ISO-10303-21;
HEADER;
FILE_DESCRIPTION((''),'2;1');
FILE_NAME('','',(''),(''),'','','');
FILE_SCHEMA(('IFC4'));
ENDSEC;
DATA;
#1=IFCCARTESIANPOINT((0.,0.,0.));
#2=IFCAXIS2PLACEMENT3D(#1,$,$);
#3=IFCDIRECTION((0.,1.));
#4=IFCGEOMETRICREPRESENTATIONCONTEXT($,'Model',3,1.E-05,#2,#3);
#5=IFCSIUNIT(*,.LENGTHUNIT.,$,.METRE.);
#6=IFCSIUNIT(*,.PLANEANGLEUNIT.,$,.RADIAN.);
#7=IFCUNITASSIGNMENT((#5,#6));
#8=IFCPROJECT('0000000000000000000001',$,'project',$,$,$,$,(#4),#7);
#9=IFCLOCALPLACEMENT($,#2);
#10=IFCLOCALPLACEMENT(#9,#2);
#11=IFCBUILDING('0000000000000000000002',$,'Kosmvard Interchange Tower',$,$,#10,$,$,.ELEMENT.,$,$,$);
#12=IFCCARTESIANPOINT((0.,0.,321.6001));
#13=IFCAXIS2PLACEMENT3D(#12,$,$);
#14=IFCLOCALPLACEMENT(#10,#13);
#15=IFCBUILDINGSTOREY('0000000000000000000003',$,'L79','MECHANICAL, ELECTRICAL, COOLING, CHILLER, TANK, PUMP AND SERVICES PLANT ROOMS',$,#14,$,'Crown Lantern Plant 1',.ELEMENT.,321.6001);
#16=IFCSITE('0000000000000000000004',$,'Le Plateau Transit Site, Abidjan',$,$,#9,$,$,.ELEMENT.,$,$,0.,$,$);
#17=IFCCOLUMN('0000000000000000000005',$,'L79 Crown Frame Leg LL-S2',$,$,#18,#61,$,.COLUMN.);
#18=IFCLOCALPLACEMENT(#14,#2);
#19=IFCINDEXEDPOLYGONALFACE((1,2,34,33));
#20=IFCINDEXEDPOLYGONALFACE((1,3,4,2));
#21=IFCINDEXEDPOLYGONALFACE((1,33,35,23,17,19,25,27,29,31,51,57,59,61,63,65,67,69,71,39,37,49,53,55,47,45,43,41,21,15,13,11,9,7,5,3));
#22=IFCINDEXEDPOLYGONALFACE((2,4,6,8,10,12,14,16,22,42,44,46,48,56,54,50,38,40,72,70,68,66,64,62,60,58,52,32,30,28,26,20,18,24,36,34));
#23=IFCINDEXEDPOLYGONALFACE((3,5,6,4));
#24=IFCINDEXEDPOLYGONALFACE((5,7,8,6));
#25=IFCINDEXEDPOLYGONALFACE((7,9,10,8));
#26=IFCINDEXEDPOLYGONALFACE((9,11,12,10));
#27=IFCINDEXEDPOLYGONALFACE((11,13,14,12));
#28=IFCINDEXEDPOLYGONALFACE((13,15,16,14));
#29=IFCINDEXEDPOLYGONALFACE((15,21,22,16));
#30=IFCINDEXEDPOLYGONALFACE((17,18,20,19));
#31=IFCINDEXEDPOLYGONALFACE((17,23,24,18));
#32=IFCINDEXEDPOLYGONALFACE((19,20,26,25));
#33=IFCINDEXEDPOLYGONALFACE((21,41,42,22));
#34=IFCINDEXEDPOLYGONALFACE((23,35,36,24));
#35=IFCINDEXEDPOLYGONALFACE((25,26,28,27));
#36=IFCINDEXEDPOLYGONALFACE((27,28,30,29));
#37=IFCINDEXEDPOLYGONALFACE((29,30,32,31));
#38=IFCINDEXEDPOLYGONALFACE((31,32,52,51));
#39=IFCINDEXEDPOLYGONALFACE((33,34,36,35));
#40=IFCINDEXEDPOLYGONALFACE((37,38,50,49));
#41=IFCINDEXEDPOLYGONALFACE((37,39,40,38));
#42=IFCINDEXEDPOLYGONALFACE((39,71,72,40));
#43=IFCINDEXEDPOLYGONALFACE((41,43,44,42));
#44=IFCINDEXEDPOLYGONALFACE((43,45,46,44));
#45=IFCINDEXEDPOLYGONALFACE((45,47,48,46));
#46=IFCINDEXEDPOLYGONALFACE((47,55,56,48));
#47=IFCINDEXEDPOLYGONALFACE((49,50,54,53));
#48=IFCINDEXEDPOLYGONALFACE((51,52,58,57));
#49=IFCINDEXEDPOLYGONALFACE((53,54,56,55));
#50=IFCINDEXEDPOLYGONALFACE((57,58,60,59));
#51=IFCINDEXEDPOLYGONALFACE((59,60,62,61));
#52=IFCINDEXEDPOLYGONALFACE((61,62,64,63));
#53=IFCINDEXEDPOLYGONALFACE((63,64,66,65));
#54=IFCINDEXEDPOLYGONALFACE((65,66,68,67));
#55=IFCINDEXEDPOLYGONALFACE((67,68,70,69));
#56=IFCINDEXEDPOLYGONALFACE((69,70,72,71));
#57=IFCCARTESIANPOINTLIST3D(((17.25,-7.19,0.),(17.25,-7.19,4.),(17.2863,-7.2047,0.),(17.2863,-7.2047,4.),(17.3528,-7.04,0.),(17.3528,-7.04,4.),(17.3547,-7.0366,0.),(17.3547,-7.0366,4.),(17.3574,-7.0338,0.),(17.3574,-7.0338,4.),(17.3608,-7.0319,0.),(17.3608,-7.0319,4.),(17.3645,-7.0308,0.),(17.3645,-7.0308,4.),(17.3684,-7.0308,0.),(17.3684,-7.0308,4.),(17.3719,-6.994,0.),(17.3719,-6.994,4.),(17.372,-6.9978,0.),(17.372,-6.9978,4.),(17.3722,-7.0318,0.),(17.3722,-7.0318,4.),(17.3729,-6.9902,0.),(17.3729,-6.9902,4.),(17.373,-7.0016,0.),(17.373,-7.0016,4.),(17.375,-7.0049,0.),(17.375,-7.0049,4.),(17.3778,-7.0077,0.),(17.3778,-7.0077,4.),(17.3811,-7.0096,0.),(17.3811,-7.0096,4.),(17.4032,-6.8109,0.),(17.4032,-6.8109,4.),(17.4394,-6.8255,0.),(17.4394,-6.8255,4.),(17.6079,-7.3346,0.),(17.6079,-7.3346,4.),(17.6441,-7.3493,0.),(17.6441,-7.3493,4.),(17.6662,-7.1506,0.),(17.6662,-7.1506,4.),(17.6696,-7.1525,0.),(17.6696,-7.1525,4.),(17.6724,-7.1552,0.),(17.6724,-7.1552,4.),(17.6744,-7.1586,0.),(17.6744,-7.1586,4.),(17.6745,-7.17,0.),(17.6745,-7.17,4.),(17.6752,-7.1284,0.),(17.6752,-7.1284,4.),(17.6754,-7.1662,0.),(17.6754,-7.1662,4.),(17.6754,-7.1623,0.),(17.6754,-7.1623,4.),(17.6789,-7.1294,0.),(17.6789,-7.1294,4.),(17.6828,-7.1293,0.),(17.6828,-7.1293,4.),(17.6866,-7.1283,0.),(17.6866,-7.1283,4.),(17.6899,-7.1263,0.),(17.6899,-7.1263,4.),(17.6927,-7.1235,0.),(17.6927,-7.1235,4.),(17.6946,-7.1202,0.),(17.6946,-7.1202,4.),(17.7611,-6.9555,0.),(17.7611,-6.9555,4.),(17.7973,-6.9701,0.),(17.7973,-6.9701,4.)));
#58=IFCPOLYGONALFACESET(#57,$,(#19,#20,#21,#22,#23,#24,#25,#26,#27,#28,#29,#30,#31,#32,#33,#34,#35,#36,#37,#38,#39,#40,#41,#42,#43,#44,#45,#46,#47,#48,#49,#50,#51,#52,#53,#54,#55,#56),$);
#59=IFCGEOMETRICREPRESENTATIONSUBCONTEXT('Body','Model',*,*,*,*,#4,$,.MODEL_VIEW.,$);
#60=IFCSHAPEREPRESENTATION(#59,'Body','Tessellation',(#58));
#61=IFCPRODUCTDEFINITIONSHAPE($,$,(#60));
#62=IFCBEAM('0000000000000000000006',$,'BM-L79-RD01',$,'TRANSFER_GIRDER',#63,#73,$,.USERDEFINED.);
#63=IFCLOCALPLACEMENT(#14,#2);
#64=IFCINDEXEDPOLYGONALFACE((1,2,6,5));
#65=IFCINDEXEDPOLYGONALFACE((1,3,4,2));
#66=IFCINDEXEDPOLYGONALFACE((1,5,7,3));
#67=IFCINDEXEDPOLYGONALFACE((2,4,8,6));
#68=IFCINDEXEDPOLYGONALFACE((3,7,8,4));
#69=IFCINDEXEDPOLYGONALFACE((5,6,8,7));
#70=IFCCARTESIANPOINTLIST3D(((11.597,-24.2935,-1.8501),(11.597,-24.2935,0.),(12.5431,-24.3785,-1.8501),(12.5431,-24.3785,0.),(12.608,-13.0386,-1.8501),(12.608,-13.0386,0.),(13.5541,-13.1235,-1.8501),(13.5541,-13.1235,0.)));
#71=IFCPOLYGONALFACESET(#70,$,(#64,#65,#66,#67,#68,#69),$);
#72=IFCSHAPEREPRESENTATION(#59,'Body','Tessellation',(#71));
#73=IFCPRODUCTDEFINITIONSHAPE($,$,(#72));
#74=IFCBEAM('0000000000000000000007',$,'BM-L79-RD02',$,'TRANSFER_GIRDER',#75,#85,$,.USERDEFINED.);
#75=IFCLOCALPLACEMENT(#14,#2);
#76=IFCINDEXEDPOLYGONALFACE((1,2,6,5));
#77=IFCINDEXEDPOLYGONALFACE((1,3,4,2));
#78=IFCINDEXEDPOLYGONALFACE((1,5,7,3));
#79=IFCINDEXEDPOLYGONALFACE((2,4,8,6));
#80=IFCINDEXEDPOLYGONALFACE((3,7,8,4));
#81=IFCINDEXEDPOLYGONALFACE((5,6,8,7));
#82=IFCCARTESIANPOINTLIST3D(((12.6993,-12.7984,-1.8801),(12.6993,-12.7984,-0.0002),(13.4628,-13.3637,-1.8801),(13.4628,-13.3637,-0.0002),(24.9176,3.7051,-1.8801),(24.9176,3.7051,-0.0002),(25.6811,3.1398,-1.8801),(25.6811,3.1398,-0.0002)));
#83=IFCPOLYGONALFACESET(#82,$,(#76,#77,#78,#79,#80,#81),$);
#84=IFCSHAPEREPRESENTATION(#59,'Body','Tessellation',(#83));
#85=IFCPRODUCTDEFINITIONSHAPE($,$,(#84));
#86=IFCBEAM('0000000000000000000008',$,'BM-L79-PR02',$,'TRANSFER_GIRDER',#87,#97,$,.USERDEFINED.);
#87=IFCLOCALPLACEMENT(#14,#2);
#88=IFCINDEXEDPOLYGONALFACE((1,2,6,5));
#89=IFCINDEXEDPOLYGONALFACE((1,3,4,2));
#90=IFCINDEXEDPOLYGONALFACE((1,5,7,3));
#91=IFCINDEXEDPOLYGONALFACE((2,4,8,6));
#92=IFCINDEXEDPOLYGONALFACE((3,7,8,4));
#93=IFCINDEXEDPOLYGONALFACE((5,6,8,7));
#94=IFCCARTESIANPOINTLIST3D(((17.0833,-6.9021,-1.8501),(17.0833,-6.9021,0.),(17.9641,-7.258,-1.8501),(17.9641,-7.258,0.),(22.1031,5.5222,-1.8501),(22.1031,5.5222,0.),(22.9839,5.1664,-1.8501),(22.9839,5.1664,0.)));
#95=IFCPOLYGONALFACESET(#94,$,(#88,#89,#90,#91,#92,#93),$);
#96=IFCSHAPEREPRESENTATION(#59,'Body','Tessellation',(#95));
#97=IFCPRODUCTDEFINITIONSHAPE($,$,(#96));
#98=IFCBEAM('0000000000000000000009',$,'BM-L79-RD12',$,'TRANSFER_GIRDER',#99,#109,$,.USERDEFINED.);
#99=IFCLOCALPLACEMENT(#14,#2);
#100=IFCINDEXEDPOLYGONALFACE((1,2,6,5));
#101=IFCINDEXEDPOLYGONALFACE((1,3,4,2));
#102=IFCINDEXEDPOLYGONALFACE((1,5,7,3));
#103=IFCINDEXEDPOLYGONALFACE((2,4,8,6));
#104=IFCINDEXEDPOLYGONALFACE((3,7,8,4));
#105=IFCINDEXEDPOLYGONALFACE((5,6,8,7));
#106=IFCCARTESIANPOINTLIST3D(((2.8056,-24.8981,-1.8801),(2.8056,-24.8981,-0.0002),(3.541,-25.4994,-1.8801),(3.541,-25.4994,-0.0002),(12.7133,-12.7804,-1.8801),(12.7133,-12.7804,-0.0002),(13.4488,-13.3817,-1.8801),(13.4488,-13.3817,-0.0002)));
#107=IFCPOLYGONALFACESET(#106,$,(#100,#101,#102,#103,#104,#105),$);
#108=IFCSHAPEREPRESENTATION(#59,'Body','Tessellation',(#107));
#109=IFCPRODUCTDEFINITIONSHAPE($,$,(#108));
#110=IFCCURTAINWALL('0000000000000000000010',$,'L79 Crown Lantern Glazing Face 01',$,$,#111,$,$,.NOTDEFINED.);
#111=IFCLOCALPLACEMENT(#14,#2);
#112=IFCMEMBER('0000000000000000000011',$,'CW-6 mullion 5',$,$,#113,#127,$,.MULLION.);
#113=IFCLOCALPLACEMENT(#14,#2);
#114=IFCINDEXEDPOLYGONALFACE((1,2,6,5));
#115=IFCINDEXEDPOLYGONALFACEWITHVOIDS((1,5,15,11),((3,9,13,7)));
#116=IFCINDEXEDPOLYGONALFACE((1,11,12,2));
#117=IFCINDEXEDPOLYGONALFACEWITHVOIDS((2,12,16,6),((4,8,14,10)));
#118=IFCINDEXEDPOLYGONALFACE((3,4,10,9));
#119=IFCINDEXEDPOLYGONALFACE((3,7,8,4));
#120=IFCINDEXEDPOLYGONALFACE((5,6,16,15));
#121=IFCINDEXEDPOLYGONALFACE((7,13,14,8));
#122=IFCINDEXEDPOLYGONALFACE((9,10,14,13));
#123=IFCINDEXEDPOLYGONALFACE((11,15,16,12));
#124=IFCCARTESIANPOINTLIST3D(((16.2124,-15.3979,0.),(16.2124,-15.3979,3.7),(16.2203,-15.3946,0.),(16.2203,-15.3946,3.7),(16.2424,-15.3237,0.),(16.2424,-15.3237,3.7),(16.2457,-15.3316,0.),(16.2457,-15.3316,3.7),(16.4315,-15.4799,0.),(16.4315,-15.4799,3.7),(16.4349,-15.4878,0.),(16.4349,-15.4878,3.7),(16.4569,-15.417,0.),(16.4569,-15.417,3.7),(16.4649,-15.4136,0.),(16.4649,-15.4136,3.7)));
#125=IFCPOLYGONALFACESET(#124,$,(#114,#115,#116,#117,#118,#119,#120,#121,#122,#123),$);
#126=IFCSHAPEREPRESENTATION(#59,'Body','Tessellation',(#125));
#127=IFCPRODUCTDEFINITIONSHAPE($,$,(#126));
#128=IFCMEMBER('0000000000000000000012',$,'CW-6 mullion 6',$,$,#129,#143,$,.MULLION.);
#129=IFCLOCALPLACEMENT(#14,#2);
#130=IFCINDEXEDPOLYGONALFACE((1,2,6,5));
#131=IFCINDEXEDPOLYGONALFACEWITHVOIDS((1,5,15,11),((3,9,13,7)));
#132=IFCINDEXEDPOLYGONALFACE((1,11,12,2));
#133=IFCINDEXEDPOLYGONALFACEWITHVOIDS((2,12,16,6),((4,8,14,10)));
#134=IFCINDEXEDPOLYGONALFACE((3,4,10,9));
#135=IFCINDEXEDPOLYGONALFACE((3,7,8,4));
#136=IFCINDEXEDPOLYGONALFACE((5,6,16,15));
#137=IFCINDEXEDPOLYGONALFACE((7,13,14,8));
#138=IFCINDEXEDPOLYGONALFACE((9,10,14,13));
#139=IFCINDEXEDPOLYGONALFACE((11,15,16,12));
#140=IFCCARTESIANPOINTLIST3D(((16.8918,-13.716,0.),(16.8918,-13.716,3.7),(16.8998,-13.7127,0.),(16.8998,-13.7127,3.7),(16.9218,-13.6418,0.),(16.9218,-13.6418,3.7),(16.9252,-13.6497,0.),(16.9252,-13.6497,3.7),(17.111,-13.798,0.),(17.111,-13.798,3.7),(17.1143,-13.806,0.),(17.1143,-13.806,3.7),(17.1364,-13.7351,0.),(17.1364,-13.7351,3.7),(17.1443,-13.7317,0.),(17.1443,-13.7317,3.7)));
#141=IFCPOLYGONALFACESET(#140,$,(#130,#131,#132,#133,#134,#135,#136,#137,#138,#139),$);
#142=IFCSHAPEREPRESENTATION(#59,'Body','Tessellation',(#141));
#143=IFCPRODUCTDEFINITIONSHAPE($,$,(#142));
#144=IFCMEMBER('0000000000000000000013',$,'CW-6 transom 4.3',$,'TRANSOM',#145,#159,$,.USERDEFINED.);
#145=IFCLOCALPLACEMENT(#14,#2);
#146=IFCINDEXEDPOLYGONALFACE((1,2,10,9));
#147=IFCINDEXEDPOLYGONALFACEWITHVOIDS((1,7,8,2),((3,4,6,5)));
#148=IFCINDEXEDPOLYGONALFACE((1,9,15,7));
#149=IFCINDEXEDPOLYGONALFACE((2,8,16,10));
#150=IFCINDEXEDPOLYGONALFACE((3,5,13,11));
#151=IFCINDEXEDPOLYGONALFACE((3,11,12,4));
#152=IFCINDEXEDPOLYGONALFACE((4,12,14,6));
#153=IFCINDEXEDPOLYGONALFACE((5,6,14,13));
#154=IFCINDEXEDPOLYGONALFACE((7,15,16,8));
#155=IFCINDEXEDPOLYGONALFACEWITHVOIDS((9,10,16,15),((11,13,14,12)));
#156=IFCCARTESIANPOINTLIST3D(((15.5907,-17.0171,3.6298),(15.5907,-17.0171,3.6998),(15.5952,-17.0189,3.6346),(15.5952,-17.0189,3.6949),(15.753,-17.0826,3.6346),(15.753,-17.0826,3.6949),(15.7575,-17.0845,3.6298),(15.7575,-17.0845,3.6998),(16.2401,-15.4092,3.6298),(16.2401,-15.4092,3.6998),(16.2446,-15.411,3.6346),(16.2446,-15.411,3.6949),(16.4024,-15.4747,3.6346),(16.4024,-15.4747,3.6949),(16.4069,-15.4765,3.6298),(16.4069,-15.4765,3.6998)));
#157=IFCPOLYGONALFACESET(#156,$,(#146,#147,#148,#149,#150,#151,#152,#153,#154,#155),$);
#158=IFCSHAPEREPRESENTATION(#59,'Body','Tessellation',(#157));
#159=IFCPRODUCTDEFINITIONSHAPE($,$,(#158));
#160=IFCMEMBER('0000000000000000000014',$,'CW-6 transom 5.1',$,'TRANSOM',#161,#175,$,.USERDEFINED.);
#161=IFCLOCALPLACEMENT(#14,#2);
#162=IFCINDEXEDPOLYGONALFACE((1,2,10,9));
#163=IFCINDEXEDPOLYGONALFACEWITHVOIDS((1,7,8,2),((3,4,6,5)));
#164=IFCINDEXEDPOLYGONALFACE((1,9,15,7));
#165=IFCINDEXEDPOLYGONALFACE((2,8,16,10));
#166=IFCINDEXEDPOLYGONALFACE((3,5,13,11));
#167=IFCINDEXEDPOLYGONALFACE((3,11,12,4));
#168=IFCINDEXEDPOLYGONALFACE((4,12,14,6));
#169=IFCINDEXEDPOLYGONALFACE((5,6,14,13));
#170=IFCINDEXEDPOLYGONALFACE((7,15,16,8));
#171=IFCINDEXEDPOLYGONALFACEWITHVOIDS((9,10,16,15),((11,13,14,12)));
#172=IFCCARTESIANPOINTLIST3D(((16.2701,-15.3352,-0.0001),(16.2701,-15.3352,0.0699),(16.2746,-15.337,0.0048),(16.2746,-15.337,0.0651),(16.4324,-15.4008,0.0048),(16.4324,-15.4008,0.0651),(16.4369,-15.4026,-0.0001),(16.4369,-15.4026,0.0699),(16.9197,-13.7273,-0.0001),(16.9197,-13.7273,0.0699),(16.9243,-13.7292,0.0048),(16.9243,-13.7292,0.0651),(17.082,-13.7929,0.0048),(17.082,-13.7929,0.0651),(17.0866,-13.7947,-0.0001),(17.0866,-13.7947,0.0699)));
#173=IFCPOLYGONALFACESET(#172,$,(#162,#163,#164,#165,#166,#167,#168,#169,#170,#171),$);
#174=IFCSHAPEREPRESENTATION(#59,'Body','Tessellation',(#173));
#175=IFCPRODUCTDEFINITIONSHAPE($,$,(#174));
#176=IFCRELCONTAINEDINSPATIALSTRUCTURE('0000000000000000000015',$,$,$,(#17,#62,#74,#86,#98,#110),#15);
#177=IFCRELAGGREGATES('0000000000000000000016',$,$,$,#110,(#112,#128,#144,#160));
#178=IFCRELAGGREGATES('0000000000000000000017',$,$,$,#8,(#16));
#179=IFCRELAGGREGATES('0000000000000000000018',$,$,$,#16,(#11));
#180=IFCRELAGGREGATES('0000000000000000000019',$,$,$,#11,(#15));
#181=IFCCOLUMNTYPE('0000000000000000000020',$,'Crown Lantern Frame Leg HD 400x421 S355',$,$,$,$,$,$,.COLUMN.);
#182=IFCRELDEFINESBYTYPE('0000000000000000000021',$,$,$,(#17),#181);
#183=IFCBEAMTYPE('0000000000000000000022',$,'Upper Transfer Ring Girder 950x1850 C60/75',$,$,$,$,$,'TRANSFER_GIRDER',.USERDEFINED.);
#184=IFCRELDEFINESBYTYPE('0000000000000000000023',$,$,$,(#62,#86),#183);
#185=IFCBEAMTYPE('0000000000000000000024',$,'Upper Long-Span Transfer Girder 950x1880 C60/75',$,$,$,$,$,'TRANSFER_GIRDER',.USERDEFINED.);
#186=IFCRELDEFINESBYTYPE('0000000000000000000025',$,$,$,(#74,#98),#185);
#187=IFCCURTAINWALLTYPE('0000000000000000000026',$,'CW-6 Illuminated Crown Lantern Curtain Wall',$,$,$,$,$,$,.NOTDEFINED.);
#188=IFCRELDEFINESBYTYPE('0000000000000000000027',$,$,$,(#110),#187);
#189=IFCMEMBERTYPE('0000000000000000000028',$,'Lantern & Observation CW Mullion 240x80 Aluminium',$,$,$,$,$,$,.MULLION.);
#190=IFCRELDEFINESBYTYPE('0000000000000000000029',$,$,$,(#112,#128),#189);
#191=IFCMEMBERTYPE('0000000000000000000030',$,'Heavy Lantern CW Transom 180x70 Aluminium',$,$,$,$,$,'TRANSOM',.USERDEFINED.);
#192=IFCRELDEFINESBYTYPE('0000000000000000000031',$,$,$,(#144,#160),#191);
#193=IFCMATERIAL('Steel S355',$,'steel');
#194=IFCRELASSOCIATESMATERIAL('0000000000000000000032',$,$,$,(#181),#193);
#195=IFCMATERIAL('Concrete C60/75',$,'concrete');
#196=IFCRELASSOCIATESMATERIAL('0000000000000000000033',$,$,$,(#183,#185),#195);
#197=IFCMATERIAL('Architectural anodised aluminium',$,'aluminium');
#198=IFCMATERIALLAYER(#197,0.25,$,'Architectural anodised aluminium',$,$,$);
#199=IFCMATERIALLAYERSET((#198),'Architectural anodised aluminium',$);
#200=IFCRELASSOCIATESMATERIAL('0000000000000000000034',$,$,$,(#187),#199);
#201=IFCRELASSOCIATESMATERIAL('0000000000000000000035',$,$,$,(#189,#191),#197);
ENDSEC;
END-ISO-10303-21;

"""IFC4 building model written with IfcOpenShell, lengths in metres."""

from ifc_helpers import new_model, si_unit, direction, frame, origin, origin_2d, place, context, subcontext, project, spatial, rectangle, hollow_rectangle, i_section, extrude, source, transform, mapped, material, layer, layer_set, material_profile, profile_set, type_object, element, aggregate, save


model = new_model("IFC4")

# Units and contexts
model_context = context("Model", 3, precision=1e-05, world=origin(), true_north=direction((0.0, 1.0)))
body_context = subcontext(model_context, "Body", "Model", "MODEL_VIEW")
ifc_project = project(units=[si_unit("LENGTHUNIT", "METRE"), si_unit("PLANEANGLEUNIT", "RADIAN")], contexts=[model_context])

# Site, building, storey
site_placement = place(None, origin())
site = spatial("IfcSite", under=ifc_project, at=site_placement, Name="Le Plateau Transit Site, Abidjan", CompositionType="ELEMENT", RefElevation=0.0)
building_placement = place(site_placement, origin())
building = spatial("IfcBuilding", under=site, at=building_placement, Name="Kosmvard Interchange Tower", CompositionType="ELEMENT")
storey_placement = place(building_placement, frame((0.0, 0.0, 321.6001)))
storey = spatial("IfcBuildingStorey", under=building, at=storey_placement, Name="L79", Description="MECHANICAL, ELECTRICAL, COOLING, CHILLER, TANK, PUMP AND SERVICES PLANT ROOMS", LongName="Crown Lantern Plant 1", CompositionType="ELEMENT", Elevation=321.6001)

# Column
ifc_material_1 = material(Name="Steel S355", Category="steel")
ifc_material_profile_1 = material_profile(ifc_material_1, i_section(OverallWidth=0.4089, OverallDepth=0.425, WebThickness=0.0239, FlangeThickness=0.0391, FilletRadius=0.0149, at=origin_2d()), Name="HD 400x421")
ifc_profile_set_1 = profile_set([ifc_material_profile_1], Name="Steel S355")
column_type = type_object("IfcColumnType", Name="Crown Lantern Frame Leg HD 400x421 S355", PredefinedType="COLUMN", material=ifc_profile_set_1)
shared_shape_1 = source(origin(), body_context, "Body", "SweptSolid", [
    extrude(i_section(OverallWidth=0.4089, OverallDepth=0.425, WebThickness=0.0239, FlangeThickness=0.0391, FilletRadius=0.0149, at=origin_2d()), origin(), (0.0, 0.0, 1.0), 4.0),
])
column_placement = place(storey_placement, frame((17.5237, -7.0801, 0.0), z_axis=(0.0, 0.0, 1.0), x_axis=(0.374607, 0.927184, 0.0)))
element("IfcColumn", 1, at=column_placement, inside=storey, type_object=column_type, Name="L79 Crown Frame Leg LL-S2", PredefinedType="COLUMN", context=body_context, shape_type="MappedRepresentation", body=[
    mapped(shared_shape_1, transform((0.0, 0.0, 0.0), scale=1.0)),
])

# Beams
ifc_material_2 = material(Name="Concrete C60/75", Category="concrete")
ifc_material_profile_2 = material_profile(ifc_material_2, rectangle(XDim=0.95, YDim=1.8501, at=origin_2d()), Name="TG 950x1850")
ifc_profile_set_2 = profile_set([ifc_material_profile_2], Name="Concrete C60/75")
beam_type_1 = type_object("IfcBeamType", Name="Upper Transfer Ring Girder 950x1850 C60/75", ElementType="TRANSFER_GIRDER", PredefinedType="USERDEFINED", material=ifc_profile_set_2)
shared_shape_2 = source(origin(), body_context, "Body", "SweptSolid", [
    extrude(rectangle(XDim=0.95, YDim=1.8501, at=origin_2d()), origin(), (0.0, 0.0, 1.0), 11.3003),
])
beam_1_placement = place(storey_placement, frame((13.0811, -13.0811, -0.925), z_axis=(-0.089466, -0.99599, 0.0), x_axis=(0.99599, -0.089466, 0.0)))
element("IfcBeam", 2, at=beam_1_placement, inside=storey, type_object=beam_type_1, Name="BM-L79-RD01", ObjectType="TRANSFER_GIRDER", PredefinedType="USERDEFINED", context=body_context, shape_type="MappedRepresentation", body=[
    mapped(shared_shape_2, transform((0.0, 0.0, 0.0), scale=1.0)),
])
ifc_material_profile_3 = material_profile(ifc_material_2, rectangle(XDim=0.95, YDim=1.8799, at=origin_2d()), Name="TG 950x1880")
ifc_profile_set_3 = profile_set([ifc_material_profile_3], Name="Concrete C60/75")
beam_type_2 = type_object("IfcBeamType", Name="Upper Long-Span Transfer Girder 950x1880 C60/75", ElementType="TRANSFER_GIRDER", PredefinedType="USERDEFINED", material=ifc_profile_set_3)
shared_shape_3 = source(origin(), body_context, "Body", "SweptSolid", [
    extrude(rectangle(XDim=0.95, YDim=1.8799, at=origin_2d()), origin(), (0.0, 0.0, 1.0), 20.5342),
])
beam_2_placement = place(storey_placement, frame((13.0811, -13.0811, -0.9402), z_axis=(0.595023, 0.803708, 0.0), x_axis=(-0.803708, 0.595023, 0.0)))
element("IfcBeam", 3, at=beam_2_placement, inside=storey, type_object=beam_type_2, Name="BM-L79-RD02", ObjectType="TRANSFER_GIRDER", PredefinedType="USERDEFINED", context=body_context, shape_type="MappedRepresentation", body=[
    mapped(shared_shape_3, transform((0.0, 0.0, 0.0), scale=1.0)),
])
shared_shape_4 = source(origin(), body_context, "Body", "SweptSolid", [
    extrude(rectangle(XDim=0.95, YDim=1.8501, at=origin_2d()), origin(), (0.0, 0.0, 1.0), 13.4001),
])
beam_3_placement = place(storey_placement, frame((17.5237, -7.0801, -0.925), z_axis=(0.374608, 0.927183, 0.0), x_axis=(-0.927183, 0.374608, 0.0)))
element("IfcBeam", 4, at=beam_3_placement, inside=storey, type_object=beam_type_1, Name="BM-L79-PR02", ObjectType="TRANSFER_GIRDER", PredefinedType="USERDEFINED", context=body_context, shape_type="MappedRepresentation", body=[
    mapped(shared_shape_4, transform((0.0, 0.0, 0.0), scale=1.0)),
])
shared_shape_5 = source(origin(), body_context, "Body", "SweptSolid", [
    extrude(rectangle(XDim=0.95, YDim=1.8799, at=origin_2d()), origin(), (0.0, 0.0, 1.0), 15.6526),
])
beam_4_placement = place(storey_placement, frame((13.0811, -13.0811, -0.9402), z_axis=(-0.63298, -0.774169, 0.0), x_axis=(0.774169, -0.63298, 0.0)))
element("IfcBeam", 5, at=beam_4_placement, inside=storey, type_object=beam_type_2, Name="BM-L79-RD12", ObjectType="TRANSFER_GIRDER", PredefinedType="USERDEFINED", context=body_context, shape_type="MappedRepresentation", body=[
    mapped(shared_shape_5, transform((0.0, 0.0, 0.0), scale=1.0)),
])

# Curtain wall, members
ifc_material_3 = material(Name="Architectural anodised aluminium", Category="aluminium")
ifc_layer_1 = layer(ifc_material_3, 0.25, Name="Architectural anodised aluminium")
ifc_layer_set_1 = layer_set([ifc_layer_1], Name="Architectural anodised aluminium")
curtain_wall_type = type_object("IfcCurtainWallType", Name="CW-6 Illuminated Crown Lantern Curtain Wall", PredefinedType="NOTDEFINED", material=ifc_layer_set_1)
curtain_wall_placement = place(storey_placement, origin())
curtain_wall = element("IfcCurtainWall", 6, at=curtain_wall_placement, inside=storey, type_object=curtain_wall_type, Name="L79 Crown Lantern Glazing Face 01", PredefinedType="NOTDEFINED")
ifc_material_profile_4 = material_profile(ifc_material_3, hollow_rectangle(XDim=0.24, YDim=0.0801, WallThickness=0.0061, at=origin_2d()), Name="CWM 240x80x6")
ifc_profile_set_4 = profile_set([ifc_material_profile_4], Name="Architectural anodised aluminium")
member_type_1 = type_object("IfcMemberType", Name="Lantern & Observation CW Mullion 240x80 Aluminium", PredefinedType="MULLION", material=ifc_profile_set_4)
shared_shape_6 = source(origin(), body_context, "Body", "SweptSolid", [
    extrude(hollow_rectangle(XDim=0.24, YDim=0.0801, WallThickness=0.0061, at=origin_2d()), origin(), (0.0, 0.0, 1.0), 3.7),
])
member_1_placement = place(storey_placement, frame((16.3386, -15.4058, 0.0), z_axis=(0.0, 0.0, 1.0), x_axis=(-0.927184, 0.374607, 0.0)))
member_1 = element("IfcMember", 7, at=member_1_placement, type_object=member_type_1, Name="CW-6 mullion 5", PredefinedType="MULLION", context=body_context, shape_type="MappedRepresentation", body=[
    mapped(shared_shape_6, transform((0.0, 0.0, 0.0), scale=1.0)),
])
member_2_placement = place(storey_placement, frame((17.0181, -13.7239, 0.0), z_axis=(0.0, 0.0, 1.0), x_axis=(-0.927184, 0.374607, 0.0)))
member_2 = element("IfcMember", 8, at=member_2_placement, type_object=member_type_1, Name="CW-6 mullion 6", PredefinedType="MULLION", context=body_context, shape_type="MappedRepresentation", body=[
    mapped(shared_shape_6, transform((0.0, 0.0, 0.0), scale=1.0)),
])
ifc_material_profile_5 = material_profile(ifc_material_3, hollow_rectangle(XDim=0.1799, YDim=0.0701, WallThickness=0.0049, at=origin_2d()), Name="CWT 180x70x5")
ifc_profile_set_5 = profile_set([ifc_material_profile_5], Name="Architectural anodised aluminium")
member_type_2 = type_object("IfcMemberType", Name="Heavy Lantern CW Transom 180x70 Aluminium", ElementType="TRANSOM", PredefinedType="USERDEFINED", material=ifc_profile_set_5)
shared_shape_7 = source(origin(), body_context, "Body", "SweptSolid", [
    extrude(hollow_rectangle(XDim=0.1799, YDim=0.0701, WallThickness=0.0049, at=origin_2d()), origin(), (0.0, 0.0, 1.0), 1.7341),
])
member_3_placement = place(storey_placement, frame((15.6741, -17.0508, 3.6648), z_axis=(0.374496, 0.927229, 0.0), x_axis=(-0.927229, 0.374496, 0.0)))
member_3 = element("IfcMember", 9, at=member_3_placement, type_object=member_type_2, Name="CW-6 transom 4.3", ObjectType="TRANSOM", PredefinedType="USERDEFINED", context=body_context, shape_type="MappedRepresentation", body=[
    mapped(shared_shape_7, transform((0.0, 0.0, 0.0), scale=1.0)),
])
member_4_placement = place(storey_placement, frame((16.3535, -15.3689, 0.0349), z_axis=(0.374617, 0.92718, 0.0), x_axis=(-0.92718, 0.374617, 0.0)))
member_4 = element("IfcMember", 10, at=member_4_placement, type_object=member_type_2, Name="CW-6 transom 5.1", ObjectType="TRANSOM", PredefinedType="USERDEFINED", context=body_context, shape_type="MappedRepresentation", body=[
    mapped(shared_shape_7, transform((0.0, 0.0, 0.0), scale=1.0)),
])

aggregate(curtain_wall, [member_1, member_2, member_3, member_4])

save(model, "model.ifc")
